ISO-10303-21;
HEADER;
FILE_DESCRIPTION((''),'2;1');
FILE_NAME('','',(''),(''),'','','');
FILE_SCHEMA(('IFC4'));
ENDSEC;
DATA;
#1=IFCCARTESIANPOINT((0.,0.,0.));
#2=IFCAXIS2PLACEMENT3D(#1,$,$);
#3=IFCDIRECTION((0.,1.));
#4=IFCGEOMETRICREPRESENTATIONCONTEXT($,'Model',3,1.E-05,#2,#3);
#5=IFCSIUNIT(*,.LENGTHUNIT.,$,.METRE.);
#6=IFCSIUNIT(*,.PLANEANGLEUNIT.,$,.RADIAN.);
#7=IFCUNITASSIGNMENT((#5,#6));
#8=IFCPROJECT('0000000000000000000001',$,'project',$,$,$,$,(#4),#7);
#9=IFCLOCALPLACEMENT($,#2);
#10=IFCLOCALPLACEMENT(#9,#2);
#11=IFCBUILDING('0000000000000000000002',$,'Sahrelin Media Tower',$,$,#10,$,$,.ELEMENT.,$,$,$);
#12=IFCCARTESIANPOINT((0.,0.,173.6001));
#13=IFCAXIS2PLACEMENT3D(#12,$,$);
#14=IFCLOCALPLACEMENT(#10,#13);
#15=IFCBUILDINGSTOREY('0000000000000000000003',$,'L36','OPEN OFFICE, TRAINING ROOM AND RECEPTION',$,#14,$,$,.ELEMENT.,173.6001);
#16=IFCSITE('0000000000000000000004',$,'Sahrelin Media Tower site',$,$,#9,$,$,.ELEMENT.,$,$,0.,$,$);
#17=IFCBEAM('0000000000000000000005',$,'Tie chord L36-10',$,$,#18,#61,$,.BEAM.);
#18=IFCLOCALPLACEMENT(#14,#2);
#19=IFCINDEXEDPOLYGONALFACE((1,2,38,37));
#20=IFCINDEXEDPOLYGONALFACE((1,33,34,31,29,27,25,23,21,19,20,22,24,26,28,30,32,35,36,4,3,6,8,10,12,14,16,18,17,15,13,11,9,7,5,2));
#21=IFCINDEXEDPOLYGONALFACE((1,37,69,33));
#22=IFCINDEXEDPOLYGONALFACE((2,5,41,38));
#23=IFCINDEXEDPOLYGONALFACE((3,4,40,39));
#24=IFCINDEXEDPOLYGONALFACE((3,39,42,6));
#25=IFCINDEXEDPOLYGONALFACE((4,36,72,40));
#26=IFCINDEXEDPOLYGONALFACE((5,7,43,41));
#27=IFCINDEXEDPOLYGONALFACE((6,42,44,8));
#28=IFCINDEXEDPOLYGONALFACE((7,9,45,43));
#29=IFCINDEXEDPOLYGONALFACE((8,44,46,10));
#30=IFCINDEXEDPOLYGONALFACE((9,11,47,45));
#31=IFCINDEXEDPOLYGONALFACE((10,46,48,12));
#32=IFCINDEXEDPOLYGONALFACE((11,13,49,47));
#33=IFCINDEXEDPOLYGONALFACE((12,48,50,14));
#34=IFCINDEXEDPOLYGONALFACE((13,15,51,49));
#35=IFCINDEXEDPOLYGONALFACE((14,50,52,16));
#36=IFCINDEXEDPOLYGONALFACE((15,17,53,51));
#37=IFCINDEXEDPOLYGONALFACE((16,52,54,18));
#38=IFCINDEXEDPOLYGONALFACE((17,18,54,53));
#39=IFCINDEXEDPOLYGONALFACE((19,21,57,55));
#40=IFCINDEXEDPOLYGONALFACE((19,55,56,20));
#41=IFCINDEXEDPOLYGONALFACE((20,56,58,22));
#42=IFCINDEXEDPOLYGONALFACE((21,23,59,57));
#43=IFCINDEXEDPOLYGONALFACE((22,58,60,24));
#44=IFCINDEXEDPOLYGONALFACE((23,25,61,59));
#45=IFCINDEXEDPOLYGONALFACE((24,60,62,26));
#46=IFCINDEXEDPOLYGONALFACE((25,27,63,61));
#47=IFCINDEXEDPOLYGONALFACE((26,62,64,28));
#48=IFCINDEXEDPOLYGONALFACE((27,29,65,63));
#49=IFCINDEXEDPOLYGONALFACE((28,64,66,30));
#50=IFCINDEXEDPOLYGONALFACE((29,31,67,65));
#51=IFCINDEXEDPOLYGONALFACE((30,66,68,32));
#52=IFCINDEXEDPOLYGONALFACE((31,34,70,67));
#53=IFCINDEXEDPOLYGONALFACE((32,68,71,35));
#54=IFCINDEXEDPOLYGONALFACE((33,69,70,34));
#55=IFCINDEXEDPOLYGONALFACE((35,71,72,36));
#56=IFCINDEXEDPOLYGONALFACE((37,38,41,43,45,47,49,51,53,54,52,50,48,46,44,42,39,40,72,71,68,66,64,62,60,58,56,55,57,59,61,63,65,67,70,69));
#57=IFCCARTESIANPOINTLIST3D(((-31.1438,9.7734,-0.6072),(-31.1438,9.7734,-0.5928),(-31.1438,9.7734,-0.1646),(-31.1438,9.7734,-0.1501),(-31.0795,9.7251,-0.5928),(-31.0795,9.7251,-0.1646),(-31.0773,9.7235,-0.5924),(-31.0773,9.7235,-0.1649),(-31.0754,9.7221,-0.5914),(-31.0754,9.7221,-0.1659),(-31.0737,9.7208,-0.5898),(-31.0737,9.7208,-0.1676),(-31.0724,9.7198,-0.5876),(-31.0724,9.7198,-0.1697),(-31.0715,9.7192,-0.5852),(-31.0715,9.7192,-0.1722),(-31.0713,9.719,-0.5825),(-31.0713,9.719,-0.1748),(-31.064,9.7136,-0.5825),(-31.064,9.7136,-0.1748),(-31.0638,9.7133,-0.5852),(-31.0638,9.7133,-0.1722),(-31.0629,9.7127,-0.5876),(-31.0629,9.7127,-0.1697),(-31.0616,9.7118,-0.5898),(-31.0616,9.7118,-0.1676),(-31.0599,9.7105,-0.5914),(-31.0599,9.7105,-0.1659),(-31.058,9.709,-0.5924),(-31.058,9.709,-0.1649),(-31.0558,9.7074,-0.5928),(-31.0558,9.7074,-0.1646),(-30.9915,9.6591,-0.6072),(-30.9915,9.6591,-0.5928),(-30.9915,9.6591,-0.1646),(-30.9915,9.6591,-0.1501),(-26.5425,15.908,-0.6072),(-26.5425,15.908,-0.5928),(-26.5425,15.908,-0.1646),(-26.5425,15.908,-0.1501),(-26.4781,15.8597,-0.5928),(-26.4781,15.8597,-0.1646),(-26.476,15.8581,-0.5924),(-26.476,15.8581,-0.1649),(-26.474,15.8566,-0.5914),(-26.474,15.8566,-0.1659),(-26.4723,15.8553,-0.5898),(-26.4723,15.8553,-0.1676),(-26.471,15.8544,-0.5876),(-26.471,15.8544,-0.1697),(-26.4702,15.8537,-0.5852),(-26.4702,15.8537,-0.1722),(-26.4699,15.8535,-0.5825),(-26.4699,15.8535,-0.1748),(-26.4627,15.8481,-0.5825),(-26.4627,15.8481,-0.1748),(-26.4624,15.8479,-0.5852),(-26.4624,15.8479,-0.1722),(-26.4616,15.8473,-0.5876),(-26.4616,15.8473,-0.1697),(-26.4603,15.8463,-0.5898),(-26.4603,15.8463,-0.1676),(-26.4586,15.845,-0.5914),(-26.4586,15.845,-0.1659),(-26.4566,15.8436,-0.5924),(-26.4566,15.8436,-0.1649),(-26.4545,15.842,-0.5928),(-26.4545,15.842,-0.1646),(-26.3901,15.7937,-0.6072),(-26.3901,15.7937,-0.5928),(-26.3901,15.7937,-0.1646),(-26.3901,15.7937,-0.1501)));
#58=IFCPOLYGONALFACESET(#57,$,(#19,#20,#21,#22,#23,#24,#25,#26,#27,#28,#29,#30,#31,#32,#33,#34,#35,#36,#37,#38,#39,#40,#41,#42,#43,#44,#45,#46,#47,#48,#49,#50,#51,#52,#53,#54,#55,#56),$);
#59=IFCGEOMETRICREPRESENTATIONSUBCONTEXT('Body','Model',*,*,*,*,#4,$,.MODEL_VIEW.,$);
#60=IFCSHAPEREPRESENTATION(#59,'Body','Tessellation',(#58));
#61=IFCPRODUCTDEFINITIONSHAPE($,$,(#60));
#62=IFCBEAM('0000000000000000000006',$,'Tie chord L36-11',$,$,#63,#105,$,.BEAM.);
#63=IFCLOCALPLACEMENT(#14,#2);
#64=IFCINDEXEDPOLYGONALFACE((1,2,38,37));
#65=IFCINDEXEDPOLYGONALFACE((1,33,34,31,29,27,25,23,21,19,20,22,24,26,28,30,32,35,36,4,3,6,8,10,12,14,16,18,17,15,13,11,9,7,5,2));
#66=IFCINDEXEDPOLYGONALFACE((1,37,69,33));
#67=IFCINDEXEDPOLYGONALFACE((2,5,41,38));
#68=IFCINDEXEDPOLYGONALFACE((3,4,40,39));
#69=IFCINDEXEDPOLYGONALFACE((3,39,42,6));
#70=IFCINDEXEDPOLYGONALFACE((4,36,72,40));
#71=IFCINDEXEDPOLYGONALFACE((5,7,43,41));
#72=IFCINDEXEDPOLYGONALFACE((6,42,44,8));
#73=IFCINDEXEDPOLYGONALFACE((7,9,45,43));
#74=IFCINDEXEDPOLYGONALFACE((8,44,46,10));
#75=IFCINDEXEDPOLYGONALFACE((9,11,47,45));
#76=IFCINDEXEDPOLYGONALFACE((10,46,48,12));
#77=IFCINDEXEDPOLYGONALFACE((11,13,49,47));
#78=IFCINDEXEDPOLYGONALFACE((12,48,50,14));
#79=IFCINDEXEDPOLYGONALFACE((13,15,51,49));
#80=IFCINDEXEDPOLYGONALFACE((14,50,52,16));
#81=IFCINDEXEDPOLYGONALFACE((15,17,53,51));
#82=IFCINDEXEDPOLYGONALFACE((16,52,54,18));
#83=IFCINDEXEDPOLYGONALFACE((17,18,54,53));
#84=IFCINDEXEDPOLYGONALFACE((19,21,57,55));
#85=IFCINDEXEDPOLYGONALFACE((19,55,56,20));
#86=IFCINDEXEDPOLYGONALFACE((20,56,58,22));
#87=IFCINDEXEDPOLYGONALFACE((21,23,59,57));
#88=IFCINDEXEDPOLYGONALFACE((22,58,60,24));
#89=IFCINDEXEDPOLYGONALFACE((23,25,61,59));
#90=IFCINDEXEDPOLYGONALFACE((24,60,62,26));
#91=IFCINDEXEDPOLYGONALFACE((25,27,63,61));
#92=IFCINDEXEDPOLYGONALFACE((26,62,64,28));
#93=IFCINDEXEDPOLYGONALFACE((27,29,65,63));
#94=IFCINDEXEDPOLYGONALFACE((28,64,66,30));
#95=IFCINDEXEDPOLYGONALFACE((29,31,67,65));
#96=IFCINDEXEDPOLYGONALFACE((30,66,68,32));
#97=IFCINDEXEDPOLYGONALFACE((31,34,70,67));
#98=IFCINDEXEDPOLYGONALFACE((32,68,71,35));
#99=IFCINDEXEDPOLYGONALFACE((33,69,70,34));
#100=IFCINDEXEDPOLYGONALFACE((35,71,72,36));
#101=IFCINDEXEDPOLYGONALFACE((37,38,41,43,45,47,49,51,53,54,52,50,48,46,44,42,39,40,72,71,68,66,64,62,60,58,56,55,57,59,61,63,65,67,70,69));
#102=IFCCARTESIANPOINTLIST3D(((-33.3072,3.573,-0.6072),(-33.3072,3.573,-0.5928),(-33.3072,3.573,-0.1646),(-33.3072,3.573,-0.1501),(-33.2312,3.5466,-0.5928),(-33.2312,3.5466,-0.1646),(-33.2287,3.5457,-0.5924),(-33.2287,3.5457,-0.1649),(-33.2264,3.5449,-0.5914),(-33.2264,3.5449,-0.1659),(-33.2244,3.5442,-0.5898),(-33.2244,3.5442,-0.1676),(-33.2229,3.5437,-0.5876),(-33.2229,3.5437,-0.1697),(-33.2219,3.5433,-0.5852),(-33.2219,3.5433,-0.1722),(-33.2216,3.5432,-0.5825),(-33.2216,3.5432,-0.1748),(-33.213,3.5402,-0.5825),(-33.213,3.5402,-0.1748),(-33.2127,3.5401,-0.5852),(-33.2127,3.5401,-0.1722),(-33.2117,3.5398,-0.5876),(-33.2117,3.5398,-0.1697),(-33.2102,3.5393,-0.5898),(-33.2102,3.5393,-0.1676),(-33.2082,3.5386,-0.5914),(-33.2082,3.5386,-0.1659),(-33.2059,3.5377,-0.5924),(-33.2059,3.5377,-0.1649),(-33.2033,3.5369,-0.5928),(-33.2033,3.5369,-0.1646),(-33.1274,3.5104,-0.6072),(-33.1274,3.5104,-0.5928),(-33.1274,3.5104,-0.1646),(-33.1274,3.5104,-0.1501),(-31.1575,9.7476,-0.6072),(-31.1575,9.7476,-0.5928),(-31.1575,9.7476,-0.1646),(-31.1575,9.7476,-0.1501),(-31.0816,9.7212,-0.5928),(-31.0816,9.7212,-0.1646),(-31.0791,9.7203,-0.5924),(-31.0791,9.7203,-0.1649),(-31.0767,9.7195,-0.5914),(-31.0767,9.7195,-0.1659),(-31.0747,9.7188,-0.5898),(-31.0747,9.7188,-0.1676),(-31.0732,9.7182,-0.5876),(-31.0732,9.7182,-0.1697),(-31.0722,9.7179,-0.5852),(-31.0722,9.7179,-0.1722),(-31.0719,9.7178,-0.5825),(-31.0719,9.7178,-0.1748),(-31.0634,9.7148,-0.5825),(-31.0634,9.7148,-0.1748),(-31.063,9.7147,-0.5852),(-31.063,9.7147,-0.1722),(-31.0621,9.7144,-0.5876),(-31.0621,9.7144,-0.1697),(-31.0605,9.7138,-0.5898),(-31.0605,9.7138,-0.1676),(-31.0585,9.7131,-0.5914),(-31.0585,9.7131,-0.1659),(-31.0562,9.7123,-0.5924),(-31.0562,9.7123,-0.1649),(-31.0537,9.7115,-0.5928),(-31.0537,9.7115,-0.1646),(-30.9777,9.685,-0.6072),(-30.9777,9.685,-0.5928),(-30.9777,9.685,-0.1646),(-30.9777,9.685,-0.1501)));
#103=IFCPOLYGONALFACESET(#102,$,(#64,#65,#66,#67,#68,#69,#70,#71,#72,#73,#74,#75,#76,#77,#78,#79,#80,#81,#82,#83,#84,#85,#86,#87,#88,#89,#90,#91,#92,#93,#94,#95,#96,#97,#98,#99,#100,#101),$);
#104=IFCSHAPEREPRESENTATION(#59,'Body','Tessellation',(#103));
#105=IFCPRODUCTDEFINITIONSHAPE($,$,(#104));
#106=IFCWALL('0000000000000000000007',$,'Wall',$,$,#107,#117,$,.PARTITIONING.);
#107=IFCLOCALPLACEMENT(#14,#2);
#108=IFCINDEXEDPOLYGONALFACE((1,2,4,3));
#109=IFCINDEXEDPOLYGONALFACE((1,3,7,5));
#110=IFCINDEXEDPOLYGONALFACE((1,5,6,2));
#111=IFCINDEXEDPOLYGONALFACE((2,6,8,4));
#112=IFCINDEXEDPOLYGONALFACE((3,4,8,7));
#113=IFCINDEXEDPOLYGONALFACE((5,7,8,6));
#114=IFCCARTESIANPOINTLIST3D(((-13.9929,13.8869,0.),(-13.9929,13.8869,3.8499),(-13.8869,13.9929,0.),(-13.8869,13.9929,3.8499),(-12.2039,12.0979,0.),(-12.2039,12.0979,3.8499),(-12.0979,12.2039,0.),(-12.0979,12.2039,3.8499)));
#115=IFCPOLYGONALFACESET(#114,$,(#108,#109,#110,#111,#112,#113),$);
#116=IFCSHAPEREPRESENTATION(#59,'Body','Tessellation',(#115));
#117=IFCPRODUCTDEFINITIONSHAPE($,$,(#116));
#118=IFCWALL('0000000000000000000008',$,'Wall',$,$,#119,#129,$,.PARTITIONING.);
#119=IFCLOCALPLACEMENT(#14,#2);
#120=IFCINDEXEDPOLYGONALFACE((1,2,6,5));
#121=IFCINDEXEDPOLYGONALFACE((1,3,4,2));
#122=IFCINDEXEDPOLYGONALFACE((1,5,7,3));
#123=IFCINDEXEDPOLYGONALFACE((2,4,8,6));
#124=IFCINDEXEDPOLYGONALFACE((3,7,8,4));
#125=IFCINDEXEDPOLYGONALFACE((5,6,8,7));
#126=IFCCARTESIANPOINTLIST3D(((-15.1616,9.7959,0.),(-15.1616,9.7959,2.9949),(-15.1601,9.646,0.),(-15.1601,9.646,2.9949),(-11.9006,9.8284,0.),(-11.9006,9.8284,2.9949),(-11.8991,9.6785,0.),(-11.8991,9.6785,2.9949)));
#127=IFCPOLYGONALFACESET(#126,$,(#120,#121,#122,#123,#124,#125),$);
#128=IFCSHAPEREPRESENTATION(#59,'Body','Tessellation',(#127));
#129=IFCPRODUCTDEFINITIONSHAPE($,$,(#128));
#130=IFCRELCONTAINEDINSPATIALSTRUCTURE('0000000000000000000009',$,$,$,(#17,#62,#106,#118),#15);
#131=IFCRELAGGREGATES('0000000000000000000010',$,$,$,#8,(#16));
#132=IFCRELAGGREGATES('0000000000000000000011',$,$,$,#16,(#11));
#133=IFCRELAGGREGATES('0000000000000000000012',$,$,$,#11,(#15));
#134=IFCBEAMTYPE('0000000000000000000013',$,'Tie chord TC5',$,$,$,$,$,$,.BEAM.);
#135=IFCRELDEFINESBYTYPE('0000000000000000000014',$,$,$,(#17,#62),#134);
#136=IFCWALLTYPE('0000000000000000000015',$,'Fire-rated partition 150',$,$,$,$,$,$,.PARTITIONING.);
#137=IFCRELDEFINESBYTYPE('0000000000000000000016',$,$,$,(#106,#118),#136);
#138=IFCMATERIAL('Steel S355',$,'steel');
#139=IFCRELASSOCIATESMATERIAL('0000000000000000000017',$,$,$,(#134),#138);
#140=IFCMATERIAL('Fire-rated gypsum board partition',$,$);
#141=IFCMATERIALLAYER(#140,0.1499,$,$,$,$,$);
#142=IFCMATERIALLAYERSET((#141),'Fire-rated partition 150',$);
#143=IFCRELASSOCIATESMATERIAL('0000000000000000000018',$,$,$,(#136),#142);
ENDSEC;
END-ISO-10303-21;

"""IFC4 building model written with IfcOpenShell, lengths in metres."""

from ifc_helpers import new_model, si_unit, direction, frame, frame_2d, origin, origin_2d, place, context, subcontext, project, spatial, rectangle, i_section, extrude, material, layer, layer_set, material_profile, profile_set, type_object, element, save


model = new_model("IFC4")

# Units and contexts
model_context = context("Model", 3, precision=1e-05, world=origin(), true_north=direction((0.0, 1.0)))
body_context = subcontext(model_context, "Body", "Model", "MODEL_VIEW")
ifc_project = project(units=[si_unit("LENGTHUNIT", "METRE"), si_unit("PLANEANGLEUNIT", "RADIAN")], contexts=[model_context])

# Site, building, storey
site_placement = place(None, origin())
site = spatial("IfcSite", under=ifc_project, at=site_placement, Name="Sahrelin Media Tower site", CompositionType="ELEMENT", RefElevation=0.0)
building_placement = place(site_placement, origin())
building = spatial("IfcBuilding", under=site, at=building_placement, Name="Sahrelin Media Tower", CompositionType="ELEMENT")
storey_placement = place(building_placement, frame((0.0, 0.0, 173.6001)))
storey = spatial("IfcBuildingStorey", under=building, at=storey_placement, Name="L36", Description="OPEN OFFICE, TRAINING ROOM AND RECEPTION", CompositionType="ELEMENT", Elevation=173.6001)

# Beams
ifc_material_1 = material(Name="Steel S355", Category="steel")
ifc_material_profile_1 = material_profile(ifc_material_1, i_section(OverallWidth=0.1904, OverallDepth=0.457, WebThickness=0.009, FlangeThickness=0.0144, FilletRadius=0.0103, at=origin_2d()), Name="UB 457x191x74")
ifc_profile_set_1 = profile_set([ifc_material_profile_1], Name="Steel S355")
beam_type_1 = type_object("IfcBeamType", Name="Tie chord TC5", PredefinedType="BEAM", material=ifc_profile_set_1)
beam_1_placement = place(storey_placement, frame((-26.4663, 15.8508, -0.3787), z_axis=(-0.600036, -0.799973, 0.0), x_axis=(0.799973, -0.600036, 0.0)))
element("IfcBeam", 1, at=beam_1_placement, inside=storey, type_object=beam_type_1, Name="Tie chord L36-10", PredefinedType="BEAM", context=body_context, shape_type="SweptSolid", body=[
    extrude(i_section(OverallWidth=0.1904, OverallDepth=0.457, WebThickness=0.009, FlangeThickness=0.0144, FilletRadius=0.0103, at=origin_2d()), origin(), (0.0, 0.0, 1.0), 7.6685),
])
beam_2_placement = place(storey_placement, frame((-31.0676, 9.7163, -0.3787), z_axis=(-0.328791, -0.944403, 0.0), x_axis=(0.944403, -0.328791, 0.0)))
element("IfcBeam", 2, at=beam_2_placement, inside=storey, type_object=beam_type_1, Name="Tie chord L36-11", PredefinedType="BEAM", context=body_context, shape_type="SweptSolid", body=[
    extrude(i_section(OverallWidth=0.1904, OverallDepth=0.457, WebThickness=0.009, FlangeThickness=0.0144, FilletRadius=0.0103, at=origin_2d()), origin(), (0.0, 0.0, 1.0), 6.5381),
])

# Walls
ifc_material_2 = material(Name="Fire-rated gypsum board partition")
ifc_layer_1 = layer(ifc_material_2, 0.1499)
ifc_layer_set_1 = layer_set([ifc_layer_1], Name="Fire-rated partition 150")
wall_type_1 = type_object("IfcWallType", Name="Fire-rated partition 150", PredefinedType="PARTITIONING", material=ifc_layer_set_1)
wall_1_placement = place(storey_placement, frame((-13.9399, 13.9399, 0.0), z_axis=(0.0, 0.0, 1.0), x_axis=(0.707107, -0.707107, 0.0)))
element("IfcWall", 3, at=wall_1_placement, inside=storey, type_object=wall_type_1, Name="Wall", PredefinedType="PARTITIONING", context=body_context, shape_type="SweptSolid", body=[
    extrude(rectangle(XDim=2.53, YDim=0.1499, at=frame_2d((1.2651, 0.0))), origin(), (0.0, 0.0, 1.0), 3.8499),
])
wall_2_placement = place(storey_placement, frame((-15.1609, 9.7209, 0.0), z_axis=(0.0, 0.0, 1.0), x_axis=(0.99995, 0.009957, 0.0)))
element("IfcWall", 4, at=wall_2_placement, inside=storey, type_object=wall_type_1, Name="Wall", PredefinedType="PARTITIONING", context=body_context, shape_type="SweptSolid", body=[
    extrude(rectangle(XDim=3.2612, YDim=0.1499, at=frame_2d((1.6306, 0.0))), origin(), (0.0, 0.0, 1.0), 2.9949),
])

save(model, "model.ifc")
